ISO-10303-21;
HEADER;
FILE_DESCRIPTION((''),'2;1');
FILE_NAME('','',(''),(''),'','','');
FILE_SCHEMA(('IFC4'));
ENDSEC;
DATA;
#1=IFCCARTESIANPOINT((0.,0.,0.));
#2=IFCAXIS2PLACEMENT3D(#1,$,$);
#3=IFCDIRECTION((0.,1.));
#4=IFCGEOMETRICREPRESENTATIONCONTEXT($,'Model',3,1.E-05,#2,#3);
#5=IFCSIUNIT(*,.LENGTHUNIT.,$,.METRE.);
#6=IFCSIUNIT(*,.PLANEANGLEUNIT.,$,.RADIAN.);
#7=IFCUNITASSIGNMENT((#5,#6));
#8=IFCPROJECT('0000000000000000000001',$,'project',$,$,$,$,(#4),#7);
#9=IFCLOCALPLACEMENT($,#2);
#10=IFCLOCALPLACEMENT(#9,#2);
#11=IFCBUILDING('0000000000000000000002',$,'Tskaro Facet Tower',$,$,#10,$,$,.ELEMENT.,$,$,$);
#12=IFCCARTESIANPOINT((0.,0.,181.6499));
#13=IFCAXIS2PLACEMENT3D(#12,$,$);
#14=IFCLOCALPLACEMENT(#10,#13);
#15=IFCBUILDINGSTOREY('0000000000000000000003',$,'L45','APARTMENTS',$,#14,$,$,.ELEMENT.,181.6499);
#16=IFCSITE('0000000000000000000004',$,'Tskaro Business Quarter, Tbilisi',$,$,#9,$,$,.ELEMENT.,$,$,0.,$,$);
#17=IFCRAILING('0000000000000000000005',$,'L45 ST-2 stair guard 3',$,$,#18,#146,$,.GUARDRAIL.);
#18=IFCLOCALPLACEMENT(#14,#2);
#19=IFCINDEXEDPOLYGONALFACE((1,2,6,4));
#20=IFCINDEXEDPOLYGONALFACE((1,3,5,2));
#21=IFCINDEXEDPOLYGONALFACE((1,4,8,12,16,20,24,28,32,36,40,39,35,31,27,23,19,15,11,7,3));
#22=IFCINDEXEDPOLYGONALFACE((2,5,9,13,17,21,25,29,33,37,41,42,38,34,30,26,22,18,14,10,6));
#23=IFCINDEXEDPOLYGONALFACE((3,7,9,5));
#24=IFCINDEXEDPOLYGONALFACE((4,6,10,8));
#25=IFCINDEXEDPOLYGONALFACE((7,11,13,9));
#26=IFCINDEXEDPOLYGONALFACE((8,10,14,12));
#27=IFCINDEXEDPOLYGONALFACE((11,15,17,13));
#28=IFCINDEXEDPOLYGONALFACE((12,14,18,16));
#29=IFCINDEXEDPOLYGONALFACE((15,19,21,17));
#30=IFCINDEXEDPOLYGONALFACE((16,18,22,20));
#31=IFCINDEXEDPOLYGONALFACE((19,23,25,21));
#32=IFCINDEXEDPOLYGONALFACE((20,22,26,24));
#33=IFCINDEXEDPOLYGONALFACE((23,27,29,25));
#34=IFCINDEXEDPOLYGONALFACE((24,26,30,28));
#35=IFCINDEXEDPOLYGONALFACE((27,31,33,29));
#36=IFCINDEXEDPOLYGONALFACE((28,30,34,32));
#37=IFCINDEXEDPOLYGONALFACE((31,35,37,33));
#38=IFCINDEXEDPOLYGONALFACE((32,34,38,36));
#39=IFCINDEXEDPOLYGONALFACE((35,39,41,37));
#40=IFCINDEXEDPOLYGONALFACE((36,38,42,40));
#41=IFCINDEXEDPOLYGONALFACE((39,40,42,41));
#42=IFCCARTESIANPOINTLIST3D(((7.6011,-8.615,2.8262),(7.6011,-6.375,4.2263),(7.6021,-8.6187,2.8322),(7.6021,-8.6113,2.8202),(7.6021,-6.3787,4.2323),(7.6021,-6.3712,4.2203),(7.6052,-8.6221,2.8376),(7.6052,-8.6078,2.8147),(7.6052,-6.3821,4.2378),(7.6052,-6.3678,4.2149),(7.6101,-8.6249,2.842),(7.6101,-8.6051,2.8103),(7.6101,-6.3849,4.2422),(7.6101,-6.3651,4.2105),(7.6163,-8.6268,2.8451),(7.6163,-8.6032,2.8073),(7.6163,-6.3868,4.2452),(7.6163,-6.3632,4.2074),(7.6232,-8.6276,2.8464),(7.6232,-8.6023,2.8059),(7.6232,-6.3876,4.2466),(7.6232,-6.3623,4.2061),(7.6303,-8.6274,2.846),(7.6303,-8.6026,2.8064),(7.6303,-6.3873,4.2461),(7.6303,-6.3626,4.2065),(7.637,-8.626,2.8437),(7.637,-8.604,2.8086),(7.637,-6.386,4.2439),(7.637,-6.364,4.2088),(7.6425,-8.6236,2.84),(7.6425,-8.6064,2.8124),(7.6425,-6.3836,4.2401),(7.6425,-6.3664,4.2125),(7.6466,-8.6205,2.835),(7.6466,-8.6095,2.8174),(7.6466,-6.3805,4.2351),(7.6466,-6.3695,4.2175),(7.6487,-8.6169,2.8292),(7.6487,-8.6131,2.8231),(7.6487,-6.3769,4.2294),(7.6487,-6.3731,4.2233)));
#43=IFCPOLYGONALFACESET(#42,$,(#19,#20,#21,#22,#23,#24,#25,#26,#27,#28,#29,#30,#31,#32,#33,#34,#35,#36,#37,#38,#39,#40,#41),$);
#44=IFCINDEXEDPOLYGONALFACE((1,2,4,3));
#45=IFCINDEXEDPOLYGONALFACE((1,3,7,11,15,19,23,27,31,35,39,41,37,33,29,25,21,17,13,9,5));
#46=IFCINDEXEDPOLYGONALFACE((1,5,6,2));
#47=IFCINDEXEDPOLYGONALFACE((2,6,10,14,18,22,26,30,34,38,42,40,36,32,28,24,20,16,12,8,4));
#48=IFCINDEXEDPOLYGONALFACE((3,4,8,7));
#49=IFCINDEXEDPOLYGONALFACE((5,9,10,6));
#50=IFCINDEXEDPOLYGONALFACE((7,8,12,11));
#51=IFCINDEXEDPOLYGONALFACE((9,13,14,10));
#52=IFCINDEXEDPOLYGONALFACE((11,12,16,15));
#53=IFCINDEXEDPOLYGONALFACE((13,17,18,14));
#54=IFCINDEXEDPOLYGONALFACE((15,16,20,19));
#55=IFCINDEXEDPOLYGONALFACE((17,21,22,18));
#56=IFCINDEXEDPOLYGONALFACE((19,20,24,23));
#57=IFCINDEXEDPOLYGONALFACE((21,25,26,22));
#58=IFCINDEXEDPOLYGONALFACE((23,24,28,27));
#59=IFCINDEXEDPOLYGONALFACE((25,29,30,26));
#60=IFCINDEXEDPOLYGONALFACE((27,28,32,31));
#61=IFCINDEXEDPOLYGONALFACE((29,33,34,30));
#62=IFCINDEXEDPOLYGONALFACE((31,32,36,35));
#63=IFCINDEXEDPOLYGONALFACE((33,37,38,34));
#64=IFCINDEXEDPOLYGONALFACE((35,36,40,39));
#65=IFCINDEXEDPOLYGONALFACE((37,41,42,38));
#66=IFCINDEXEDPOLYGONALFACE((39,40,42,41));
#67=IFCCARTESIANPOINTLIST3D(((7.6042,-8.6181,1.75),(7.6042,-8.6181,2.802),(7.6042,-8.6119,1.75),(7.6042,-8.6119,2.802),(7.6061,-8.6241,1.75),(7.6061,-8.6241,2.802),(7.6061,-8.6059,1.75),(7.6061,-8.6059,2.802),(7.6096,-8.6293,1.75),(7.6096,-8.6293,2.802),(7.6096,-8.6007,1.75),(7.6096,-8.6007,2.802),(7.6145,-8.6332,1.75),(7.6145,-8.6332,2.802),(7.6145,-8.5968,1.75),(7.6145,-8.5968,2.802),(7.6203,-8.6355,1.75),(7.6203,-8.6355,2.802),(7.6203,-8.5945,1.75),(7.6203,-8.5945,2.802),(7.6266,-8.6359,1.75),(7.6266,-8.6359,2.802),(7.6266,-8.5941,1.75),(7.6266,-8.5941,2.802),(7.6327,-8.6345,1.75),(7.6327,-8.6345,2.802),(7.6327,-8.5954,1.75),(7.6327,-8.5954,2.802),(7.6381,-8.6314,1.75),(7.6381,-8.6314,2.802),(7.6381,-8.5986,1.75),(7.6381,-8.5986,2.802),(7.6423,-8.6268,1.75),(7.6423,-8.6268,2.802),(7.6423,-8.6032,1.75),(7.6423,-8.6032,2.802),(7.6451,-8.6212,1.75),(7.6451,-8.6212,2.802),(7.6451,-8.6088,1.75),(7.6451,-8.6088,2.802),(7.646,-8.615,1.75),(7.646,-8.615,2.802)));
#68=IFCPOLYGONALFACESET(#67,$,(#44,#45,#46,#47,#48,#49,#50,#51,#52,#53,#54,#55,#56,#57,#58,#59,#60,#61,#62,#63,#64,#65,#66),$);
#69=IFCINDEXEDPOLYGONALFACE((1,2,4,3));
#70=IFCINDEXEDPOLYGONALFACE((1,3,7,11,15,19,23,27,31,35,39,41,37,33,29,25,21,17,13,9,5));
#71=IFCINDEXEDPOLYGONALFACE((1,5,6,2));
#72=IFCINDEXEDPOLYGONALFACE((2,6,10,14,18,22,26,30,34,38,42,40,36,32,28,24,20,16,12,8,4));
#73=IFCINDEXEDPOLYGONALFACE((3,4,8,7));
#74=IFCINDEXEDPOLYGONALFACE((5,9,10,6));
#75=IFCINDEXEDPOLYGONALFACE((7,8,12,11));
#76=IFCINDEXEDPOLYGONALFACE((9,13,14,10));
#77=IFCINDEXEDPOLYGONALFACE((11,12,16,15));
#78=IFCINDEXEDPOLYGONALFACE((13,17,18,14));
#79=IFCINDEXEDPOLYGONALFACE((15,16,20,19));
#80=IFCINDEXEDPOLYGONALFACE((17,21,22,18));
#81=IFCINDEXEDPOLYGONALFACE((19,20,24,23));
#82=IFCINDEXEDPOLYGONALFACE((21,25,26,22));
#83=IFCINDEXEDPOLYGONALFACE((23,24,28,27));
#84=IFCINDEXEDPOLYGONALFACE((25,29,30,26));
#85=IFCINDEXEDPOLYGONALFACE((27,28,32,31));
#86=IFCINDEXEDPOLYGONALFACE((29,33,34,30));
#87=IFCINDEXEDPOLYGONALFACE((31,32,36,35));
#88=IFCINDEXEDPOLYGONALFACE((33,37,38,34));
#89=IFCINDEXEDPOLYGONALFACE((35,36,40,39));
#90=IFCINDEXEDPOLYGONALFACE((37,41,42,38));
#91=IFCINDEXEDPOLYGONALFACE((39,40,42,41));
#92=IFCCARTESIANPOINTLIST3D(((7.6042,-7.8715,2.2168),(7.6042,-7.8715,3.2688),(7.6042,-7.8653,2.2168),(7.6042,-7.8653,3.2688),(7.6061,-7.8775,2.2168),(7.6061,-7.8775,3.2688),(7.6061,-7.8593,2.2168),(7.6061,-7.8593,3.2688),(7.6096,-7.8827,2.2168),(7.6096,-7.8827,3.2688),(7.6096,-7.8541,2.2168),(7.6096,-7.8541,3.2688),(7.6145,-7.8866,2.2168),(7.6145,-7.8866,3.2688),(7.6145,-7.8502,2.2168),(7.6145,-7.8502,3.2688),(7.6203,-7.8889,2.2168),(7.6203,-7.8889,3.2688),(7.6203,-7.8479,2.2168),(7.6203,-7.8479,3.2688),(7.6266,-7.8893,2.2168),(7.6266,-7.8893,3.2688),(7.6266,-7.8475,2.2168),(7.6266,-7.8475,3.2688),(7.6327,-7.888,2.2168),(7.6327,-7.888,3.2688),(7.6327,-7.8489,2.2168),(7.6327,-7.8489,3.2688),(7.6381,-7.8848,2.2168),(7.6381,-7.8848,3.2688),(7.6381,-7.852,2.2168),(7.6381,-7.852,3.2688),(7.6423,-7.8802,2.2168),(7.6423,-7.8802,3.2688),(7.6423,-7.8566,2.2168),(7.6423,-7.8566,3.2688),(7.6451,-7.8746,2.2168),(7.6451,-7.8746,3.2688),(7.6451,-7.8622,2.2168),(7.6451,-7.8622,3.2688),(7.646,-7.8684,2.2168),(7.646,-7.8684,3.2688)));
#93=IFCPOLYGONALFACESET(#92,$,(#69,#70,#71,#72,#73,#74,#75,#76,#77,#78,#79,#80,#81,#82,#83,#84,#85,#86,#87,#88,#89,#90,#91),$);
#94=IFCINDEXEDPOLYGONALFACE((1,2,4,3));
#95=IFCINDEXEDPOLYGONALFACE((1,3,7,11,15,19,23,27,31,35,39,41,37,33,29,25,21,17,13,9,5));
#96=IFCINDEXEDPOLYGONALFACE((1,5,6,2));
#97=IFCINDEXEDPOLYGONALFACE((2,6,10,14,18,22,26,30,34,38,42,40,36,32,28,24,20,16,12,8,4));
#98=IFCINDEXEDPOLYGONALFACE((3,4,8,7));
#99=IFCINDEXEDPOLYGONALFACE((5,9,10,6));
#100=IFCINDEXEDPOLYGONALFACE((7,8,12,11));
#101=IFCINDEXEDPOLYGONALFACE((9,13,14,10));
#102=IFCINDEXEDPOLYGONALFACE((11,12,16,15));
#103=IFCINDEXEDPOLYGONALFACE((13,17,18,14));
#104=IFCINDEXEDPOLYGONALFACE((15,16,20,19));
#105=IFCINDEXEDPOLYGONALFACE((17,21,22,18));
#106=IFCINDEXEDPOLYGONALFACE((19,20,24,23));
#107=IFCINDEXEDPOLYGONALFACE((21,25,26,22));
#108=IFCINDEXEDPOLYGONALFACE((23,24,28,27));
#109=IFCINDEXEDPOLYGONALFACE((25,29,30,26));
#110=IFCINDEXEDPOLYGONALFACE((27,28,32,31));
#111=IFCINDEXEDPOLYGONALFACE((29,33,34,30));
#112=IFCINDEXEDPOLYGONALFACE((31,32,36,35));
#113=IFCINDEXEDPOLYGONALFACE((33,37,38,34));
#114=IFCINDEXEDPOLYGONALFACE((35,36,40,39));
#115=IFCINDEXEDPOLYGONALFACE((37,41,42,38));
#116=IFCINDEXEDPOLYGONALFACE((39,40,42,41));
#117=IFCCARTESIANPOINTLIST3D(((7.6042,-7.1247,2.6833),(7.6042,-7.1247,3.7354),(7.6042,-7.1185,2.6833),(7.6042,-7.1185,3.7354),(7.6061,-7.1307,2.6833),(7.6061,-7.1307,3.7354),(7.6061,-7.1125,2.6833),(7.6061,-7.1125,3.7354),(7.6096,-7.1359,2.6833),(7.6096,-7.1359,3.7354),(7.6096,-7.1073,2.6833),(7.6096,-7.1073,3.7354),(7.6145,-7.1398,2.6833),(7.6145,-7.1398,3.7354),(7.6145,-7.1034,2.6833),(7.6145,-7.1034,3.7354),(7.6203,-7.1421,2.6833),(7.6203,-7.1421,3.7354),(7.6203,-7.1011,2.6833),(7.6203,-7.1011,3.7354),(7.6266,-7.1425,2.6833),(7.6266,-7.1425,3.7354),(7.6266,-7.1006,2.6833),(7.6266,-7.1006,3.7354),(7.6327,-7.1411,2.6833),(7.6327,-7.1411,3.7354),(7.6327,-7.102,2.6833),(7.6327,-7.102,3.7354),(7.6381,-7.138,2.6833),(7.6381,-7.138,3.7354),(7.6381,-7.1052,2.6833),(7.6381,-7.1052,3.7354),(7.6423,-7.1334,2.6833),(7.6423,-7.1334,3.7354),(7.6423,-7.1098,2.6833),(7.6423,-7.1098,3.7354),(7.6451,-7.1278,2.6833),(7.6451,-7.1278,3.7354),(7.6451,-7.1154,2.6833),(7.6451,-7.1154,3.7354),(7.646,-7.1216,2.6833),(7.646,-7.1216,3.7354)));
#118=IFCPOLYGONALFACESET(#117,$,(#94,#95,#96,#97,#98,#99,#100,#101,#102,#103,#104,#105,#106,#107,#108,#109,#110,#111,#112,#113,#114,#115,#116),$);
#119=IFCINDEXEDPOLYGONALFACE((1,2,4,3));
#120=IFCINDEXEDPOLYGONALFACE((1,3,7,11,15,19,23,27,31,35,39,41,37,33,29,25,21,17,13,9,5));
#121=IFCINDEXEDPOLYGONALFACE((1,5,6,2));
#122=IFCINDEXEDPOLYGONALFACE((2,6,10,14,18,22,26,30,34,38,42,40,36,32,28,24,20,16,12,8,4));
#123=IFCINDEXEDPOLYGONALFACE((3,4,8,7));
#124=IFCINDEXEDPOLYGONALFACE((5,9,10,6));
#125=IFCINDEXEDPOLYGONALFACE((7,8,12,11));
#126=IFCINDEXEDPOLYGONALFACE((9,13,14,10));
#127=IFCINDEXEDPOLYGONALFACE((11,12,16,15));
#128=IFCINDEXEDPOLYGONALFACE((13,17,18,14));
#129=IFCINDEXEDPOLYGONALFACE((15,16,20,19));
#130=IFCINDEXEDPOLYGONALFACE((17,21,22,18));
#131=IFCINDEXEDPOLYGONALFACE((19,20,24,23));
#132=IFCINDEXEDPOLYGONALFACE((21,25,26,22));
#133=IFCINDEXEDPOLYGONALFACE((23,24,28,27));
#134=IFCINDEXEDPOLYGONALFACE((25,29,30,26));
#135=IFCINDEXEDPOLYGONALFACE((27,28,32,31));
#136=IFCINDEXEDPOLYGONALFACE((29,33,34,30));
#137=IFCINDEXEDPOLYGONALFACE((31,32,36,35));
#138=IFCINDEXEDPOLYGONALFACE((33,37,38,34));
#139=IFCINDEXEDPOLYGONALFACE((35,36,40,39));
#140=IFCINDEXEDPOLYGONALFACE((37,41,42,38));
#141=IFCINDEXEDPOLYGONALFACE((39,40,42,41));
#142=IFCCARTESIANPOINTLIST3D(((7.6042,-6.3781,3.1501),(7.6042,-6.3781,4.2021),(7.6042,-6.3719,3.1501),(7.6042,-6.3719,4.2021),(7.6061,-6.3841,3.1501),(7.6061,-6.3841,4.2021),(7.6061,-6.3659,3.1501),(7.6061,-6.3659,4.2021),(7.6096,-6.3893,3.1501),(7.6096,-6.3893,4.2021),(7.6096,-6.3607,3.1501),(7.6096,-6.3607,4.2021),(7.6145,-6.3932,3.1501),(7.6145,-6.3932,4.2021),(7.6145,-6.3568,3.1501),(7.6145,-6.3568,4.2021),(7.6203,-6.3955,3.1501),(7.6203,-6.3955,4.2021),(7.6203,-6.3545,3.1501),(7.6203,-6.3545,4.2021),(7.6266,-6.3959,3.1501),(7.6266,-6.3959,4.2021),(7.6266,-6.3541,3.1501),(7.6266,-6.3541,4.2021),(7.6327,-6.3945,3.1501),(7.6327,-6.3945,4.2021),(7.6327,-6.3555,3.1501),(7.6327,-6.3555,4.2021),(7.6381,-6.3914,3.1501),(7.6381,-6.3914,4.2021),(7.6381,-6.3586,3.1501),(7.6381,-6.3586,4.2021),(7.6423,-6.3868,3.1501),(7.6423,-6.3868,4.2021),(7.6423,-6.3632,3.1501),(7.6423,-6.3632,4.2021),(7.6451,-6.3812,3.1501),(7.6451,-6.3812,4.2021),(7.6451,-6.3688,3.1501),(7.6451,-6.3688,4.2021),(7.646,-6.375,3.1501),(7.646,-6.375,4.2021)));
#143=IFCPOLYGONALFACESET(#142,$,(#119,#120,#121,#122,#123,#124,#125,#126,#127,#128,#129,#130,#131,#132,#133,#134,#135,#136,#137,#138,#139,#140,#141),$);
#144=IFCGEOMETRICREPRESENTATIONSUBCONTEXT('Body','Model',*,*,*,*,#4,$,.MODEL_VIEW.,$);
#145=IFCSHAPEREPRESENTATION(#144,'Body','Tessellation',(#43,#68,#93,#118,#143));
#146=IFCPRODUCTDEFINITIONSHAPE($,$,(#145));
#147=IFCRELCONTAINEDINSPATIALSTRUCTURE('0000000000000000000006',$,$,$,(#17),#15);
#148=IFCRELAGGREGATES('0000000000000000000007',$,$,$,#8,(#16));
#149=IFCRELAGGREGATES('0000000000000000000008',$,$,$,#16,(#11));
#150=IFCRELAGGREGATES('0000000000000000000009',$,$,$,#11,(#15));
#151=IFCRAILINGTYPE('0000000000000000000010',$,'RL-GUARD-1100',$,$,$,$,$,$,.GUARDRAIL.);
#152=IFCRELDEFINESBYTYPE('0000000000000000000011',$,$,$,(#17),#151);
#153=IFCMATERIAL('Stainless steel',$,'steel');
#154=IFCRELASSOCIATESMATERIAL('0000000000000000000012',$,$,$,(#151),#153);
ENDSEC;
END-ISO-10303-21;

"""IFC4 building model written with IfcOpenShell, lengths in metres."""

from ifc_helpers import new_model, si_unit, direction, frame, origin, origin_2d, place, context, subcontext, project, spatial, circle, extrude, material, type_object, element, save


model = new_model("IFC4")

# Units and contexts
model_context = context("Model", 3, precision=1e-05, world=origin(), true_north=direction((0.0, 1.0)))
body_context = subcontext(model_context, "Body", "Model", "MODEL_VIEW")
ifc_project = project(units=[si_unit("LENGTHUNIT", "METRE"), si_unit("PLANEANGLEUNIT", "RADIAN")], contexts=[model_context])

# Site, building, storey
site_placement = place(None, origin())
site = spatial("IfcSite", under=ifc_project, at=site_placement, Name="Tskaro Business Quarter, Tbilisi", CompositionType="ELEMENT", RefElevation=0.0)
building_placement = place(site_placement, origin())
building = spatial("IfcBuilding", under=site, at=building_placement, Name="Tskaro Facet Tower", CompositionType="ELEMENT")
storey_placement = place(building_placement, frame((0.0, 0.0, 181.6499)))
storey = spatial("IfcBuildingStorey", under=building, at=storey_placement, Name="L45", Description="APARTMENTS", CompositionType="ELEMENT", Elevation=181.6499)

# Shared definitions
ifc_material_1 = material(Name="Stainless steel", Category="steel")

# Railing
railing_type_1 = type_object("IfcRailingType", Name="RL-GUARD-1100", PredefinedType="GUARDRAIL", material=ifc_material_1)
railing_1_placement = place(storey_placement, frame((7.625, -8.615, 1.75)))
element("IfcRailing", 1, at=railing_1_placement, inside=storey, type_object=railing_type_1, Name="L45 ST-2 stair guard 3", PredefinedType="GUARDRAIL", context=body_context, shape_type="SweptSolid", body=[
    extrude(circle(Radius=0.0239, at=origin_2d()), frame((0.0, 0.0, 1.0762), z_axis=(0.0, 0.847972, 0.53004), x_axis=(-1.0, 0.0, 0.0)), (0.0, 0.0, 1.0), 2.6416),
    extrude(circle(Radius=0.021, at=origin_2d()), origin(), (0.0, 0.0, 1.0), 1.052),
    extrude(circle(Radius=0.021, at=origin_2d()), frame((0.0, 0.7466, 0.4668)), (0.0, 0.0, 1.0), 1.052),
    extrude(circle(Radius=0.021, at=origin_2d()), frame((0.0, 1.4934, 0.9333)), (0.0, 0.0, 1.0), 1.052),
    extrude(circle(Radius=0.021, at=origin_2d()), frame((0.0, 2.24, 1.4001)), (0.0, 0.0, 1.0), 1.052),
])

save(model, "model.ifc")
